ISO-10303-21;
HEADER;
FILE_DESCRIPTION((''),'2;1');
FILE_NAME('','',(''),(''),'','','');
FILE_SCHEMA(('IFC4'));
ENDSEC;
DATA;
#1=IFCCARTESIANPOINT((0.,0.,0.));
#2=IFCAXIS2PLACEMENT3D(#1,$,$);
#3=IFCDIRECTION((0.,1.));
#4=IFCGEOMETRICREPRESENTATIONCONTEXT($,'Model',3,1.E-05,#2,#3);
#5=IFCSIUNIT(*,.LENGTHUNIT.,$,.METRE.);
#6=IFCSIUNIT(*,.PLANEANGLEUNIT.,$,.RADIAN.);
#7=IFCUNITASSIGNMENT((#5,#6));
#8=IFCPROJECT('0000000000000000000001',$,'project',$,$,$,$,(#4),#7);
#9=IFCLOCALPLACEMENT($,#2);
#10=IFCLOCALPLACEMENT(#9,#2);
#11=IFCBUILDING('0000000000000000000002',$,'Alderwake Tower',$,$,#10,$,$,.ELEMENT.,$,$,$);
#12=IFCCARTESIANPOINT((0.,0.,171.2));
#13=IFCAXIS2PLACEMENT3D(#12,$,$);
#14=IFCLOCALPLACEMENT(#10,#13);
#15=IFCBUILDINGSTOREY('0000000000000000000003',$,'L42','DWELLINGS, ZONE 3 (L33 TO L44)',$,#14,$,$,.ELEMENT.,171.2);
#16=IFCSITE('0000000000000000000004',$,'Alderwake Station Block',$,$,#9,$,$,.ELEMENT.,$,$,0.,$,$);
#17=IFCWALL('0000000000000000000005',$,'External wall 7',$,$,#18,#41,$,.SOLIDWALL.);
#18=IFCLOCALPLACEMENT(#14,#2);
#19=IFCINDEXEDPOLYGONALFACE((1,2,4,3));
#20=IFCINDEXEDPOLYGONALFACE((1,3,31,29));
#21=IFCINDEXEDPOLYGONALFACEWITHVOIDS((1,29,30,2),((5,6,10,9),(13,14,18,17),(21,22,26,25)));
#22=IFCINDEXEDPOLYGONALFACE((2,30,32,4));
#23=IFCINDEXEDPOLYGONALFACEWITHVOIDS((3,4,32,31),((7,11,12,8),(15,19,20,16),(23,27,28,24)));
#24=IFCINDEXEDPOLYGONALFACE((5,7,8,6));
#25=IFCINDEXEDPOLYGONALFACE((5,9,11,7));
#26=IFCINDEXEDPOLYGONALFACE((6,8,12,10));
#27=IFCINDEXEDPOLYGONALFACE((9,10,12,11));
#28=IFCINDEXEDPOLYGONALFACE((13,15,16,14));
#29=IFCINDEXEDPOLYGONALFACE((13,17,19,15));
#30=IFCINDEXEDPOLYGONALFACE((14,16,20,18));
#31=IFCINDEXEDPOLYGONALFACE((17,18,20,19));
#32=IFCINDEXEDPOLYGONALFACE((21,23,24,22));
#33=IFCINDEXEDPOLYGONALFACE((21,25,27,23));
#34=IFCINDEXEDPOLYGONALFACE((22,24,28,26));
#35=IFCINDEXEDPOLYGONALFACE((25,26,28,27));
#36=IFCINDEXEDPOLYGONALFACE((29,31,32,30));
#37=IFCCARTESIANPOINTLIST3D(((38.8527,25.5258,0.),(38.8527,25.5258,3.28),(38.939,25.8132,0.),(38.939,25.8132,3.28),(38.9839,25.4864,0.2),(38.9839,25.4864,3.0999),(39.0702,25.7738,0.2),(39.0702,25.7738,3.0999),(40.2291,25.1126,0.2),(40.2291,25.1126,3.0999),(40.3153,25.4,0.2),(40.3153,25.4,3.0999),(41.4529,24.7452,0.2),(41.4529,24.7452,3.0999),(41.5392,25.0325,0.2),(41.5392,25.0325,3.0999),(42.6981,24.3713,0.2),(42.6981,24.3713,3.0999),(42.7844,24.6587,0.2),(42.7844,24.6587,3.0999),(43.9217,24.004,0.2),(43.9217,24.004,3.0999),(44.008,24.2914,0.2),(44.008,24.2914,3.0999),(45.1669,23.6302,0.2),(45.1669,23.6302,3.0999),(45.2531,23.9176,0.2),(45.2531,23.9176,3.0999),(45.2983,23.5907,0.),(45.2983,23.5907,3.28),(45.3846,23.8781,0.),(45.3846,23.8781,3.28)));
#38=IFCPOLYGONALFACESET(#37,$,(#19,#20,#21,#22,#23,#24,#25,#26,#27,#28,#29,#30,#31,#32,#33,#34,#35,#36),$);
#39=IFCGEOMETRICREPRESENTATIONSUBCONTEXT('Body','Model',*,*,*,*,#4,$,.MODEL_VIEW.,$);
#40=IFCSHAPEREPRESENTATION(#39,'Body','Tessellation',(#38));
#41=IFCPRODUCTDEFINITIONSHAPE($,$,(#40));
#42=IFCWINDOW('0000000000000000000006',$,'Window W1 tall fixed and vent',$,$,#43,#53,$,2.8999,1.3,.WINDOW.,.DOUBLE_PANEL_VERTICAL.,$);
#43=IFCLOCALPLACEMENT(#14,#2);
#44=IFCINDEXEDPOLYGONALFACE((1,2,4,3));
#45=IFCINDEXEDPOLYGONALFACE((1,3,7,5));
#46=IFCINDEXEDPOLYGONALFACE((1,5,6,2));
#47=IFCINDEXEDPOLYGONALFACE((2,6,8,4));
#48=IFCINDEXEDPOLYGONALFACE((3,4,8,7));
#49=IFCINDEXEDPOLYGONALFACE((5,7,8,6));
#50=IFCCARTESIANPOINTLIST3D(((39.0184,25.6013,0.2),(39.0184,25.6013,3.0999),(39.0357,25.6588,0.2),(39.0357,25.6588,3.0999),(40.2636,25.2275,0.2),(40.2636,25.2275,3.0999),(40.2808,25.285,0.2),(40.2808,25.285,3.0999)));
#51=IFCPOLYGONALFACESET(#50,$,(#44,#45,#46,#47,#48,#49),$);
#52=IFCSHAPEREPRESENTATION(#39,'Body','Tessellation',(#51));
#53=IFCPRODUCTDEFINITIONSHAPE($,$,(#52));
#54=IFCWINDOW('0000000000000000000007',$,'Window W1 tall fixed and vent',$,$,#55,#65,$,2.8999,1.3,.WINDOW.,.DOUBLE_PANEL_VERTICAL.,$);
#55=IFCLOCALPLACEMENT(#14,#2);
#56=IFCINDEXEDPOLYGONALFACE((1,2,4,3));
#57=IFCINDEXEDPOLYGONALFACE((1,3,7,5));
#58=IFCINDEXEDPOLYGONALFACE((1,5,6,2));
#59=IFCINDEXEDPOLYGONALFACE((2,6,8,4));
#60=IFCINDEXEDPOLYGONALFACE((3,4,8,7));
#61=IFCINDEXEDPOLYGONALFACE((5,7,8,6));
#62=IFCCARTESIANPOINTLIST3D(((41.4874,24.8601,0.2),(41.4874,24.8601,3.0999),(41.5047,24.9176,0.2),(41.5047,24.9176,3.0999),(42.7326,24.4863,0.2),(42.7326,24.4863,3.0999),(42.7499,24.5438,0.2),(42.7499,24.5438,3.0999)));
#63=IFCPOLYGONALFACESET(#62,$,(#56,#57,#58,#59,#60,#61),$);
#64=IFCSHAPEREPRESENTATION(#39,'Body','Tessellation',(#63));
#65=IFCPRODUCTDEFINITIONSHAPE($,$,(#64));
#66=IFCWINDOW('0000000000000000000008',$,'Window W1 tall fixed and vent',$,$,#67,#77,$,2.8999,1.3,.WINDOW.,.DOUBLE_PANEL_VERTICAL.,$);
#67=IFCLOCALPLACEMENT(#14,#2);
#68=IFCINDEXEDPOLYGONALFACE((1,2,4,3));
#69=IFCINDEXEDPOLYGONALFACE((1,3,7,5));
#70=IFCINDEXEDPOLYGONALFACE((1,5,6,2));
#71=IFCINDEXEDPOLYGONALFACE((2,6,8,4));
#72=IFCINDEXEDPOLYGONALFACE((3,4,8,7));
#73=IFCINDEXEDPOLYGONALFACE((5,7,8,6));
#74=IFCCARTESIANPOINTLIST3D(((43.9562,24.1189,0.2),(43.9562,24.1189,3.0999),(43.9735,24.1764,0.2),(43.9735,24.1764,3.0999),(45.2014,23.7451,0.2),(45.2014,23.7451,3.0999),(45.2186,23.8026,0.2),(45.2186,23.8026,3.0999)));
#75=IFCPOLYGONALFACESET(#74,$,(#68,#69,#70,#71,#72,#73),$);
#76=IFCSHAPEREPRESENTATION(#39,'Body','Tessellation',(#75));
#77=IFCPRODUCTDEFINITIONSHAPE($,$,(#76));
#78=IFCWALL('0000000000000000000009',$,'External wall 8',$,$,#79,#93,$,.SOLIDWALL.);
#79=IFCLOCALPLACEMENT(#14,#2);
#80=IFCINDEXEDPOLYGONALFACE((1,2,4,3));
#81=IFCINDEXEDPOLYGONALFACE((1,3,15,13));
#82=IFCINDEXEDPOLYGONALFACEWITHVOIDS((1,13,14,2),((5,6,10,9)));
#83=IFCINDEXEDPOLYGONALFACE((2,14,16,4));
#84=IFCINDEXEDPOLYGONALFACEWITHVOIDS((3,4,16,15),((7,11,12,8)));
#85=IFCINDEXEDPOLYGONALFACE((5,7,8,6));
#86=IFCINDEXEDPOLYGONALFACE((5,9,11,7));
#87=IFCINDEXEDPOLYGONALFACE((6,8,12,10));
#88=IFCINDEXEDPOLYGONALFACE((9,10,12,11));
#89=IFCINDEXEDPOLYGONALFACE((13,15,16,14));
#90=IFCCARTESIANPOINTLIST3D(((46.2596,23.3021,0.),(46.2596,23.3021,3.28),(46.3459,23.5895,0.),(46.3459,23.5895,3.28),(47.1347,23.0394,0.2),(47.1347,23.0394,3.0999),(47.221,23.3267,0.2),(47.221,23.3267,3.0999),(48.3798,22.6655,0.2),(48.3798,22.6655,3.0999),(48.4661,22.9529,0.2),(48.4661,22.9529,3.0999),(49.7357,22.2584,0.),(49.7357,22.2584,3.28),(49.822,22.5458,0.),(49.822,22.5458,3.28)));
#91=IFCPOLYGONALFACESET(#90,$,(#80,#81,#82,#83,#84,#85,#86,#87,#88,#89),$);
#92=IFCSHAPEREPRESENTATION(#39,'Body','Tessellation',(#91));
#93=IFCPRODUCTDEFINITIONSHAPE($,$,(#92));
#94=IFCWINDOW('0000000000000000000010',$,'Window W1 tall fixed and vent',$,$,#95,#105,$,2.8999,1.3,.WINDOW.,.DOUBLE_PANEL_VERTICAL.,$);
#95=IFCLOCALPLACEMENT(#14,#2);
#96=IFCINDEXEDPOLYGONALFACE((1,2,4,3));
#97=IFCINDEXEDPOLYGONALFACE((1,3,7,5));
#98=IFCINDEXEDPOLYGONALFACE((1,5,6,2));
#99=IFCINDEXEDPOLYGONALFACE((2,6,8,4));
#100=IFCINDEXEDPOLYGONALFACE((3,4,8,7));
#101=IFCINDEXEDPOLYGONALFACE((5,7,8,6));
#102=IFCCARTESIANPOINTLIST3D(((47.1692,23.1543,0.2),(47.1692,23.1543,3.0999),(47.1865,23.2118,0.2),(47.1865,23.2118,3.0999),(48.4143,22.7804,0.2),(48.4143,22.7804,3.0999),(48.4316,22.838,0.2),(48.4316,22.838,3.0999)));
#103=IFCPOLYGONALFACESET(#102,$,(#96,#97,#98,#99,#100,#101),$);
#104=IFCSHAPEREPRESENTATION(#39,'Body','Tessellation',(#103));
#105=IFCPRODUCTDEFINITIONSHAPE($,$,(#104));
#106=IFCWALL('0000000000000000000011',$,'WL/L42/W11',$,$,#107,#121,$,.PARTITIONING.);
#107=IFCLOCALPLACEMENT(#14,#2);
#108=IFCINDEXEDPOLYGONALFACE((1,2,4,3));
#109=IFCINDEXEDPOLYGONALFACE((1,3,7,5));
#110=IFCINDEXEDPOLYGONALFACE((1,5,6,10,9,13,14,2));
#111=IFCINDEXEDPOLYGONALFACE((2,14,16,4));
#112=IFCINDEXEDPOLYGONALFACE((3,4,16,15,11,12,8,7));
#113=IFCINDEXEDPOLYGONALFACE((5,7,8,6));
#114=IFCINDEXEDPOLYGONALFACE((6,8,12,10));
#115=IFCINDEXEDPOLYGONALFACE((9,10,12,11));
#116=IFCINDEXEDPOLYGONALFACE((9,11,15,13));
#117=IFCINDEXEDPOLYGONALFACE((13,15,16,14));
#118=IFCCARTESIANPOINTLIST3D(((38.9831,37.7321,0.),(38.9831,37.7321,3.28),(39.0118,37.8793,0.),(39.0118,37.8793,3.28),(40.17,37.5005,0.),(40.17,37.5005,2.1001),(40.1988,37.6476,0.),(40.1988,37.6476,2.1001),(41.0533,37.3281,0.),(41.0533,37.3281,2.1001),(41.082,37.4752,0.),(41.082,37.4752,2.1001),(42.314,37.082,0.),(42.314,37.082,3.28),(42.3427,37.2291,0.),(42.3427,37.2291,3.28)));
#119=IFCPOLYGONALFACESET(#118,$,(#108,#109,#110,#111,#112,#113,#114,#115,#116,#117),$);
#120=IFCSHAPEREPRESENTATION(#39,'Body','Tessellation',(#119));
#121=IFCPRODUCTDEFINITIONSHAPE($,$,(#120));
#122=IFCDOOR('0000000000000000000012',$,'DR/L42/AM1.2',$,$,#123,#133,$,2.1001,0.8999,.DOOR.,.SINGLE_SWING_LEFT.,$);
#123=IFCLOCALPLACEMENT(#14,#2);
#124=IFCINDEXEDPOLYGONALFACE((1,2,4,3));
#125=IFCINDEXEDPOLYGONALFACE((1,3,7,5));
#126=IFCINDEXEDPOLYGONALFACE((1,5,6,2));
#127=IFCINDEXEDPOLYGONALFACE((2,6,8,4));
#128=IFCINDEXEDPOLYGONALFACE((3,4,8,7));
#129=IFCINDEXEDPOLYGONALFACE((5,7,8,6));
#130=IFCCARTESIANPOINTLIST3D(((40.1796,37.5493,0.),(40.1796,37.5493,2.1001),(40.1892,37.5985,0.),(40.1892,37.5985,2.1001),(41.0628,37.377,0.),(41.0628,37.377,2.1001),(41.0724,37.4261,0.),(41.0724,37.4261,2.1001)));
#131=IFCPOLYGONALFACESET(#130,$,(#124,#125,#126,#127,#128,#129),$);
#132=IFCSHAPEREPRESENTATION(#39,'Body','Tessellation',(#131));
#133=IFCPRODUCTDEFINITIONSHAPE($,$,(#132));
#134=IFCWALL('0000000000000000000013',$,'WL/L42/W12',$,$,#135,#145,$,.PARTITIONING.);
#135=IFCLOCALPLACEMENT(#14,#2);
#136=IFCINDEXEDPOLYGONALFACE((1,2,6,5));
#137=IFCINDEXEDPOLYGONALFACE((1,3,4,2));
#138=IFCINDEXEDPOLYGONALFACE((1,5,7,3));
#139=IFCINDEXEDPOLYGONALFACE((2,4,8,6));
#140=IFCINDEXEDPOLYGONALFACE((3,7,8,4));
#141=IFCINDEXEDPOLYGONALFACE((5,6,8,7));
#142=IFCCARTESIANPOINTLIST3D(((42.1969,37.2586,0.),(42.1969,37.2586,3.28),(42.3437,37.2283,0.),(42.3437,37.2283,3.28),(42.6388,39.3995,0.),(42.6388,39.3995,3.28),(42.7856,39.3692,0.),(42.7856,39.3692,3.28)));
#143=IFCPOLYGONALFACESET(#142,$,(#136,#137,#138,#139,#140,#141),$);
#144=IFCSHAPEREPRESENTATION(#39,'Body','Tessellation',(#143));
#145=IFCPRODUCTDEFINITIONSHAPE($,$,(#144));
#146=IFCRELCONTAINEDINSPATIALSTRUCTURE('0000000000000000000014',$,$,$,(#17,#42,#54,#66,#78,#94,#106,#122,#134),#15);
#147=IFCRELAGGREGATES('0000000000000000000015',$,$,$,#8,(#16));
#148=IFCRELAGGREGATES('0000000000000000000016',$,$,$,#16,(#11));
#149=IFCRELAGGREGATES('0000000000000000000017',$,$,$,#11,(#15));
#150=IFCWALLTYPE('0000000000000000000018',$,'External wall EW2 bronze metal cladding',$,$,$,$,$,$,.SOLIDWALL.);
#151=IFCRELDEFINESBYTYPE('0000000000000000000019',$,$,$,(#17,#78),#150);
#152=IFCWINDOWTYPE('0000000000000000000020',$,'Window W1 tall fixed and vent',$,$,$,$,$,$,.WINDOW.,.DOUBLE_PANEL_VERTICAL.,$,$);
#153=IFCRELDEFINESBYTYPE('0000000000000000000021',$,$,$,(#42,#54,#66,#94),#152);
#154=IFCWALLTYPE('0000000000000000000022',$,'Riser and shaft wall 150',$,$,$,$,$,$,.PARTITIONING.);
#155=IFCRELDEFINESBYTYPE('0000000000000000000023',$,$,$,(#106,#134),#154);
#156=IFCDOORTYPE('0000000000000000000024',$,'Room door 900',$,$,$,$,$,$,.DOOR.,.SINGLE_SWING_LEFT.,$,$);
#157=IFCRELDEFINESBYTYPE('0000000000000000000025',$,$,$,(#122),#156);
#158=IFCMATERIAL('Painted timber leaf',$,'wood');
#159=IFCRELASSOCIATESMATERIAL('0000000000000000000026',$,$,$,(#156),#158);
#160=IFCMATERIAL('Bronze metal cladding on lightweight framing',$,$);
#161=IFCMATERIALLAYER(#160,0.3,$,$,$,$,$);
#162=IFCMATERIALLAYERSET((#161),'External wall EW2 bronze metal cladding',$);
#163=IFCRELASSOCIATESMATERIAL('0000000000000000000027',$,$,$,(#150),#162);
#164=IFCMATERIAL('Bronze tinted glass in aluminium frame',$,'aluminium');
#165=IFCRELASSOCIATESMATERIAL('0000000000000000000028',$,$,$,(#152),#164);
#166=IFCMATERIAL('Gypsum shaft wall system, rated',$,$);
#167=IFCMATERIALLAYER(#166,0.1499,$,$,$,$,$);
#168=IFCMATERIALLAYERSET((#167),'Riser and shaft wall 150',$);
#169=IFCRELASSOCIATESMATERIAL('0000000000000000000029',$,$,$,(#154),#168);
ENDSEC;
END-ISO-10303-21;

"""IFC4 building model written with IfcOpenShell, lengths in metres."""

from ifc_helpers import new_model, si_unit, direction, frame, frame_2d, origin, place, context, subcontext, project, spatial, rectangle, extrude, material, layer, layer_set, type_object, element, fill, save


model = new_model("IFC4")

# Units and contexts
model_context = context("Model", 3, precision=1e-05, world=origin(), true_north=direction((0.0, 1.0)))
body_context = subcontext(model_context, "Body", "Model", "MODEL_VIEW")
ifc_project = project(units=[si_unit("LENGTHUNIT", "METRE"), si_unit("PLANEANGLEUNIT", "RADIAN")], contexts=[model_context])

# Site, building, storey
site_placement = place(None, origin())
site = spatial("IfcSite", under=ifc_project, at=site_placement, Name="Alderwake Station Block", CompositionType="ELEMENT", RefElevation=0.0)
building_placement = place(site_placement, origin())
building = spatial("IfcBuilding", under=site, at=building_placement, Name="Alderwake Tower", CompositionType="ELEMENT")
storey_placement = place(building_placement, frame((0.0, 0.0, 171.2)))
storey = spatial("IfcBuildingStorey", under=building, at=storey_placement, Name="L42", Description="DWELLINGS, ZONE 3 (L33 TO L44)", CompositionType="ELEMENT", Elevation=171.2)

# Shared definitions
ifc_material_1 = material(Name="Painted timber leaf", Category="wood")
door_type_1 = type_object("IfcDoorType", Name="Room door 900", OperationType="SINGLE_SWING_LEFT", PredefinedType="DOOR", material=ifc_material_1)

# Wall, openings, windows
ifc_material_2 = material(Name="Bronze metal cladding on lightweight framing")
ifc_layer_1 = layer(ifc_material_2, 0.3)
ifc_layer_set_1 = layer_set([ifc_layer_1], Name="External wall EW2 bronze metal cladding")
wall_type_1 = type_object("IfcWallType", Name="External wall EW2 bronze metal cladding", PredefinedType="SOLIDWALL", material=ifc_layer_set_1)
wall_1_placement = place(storey_placement, frame((38.896, 25.6694, 0.0), z_axis=(0.0, 0.0, 1.0), x_axis=(0.957769, -0.287538, 0.0)))
wall_1 = element("IfcWall", 1, at=wall_1_placement, inside=storey, type_object=wall_type_1, Name="External wall 7", PredefinedType="SOLIDWALL", context=body_context, shape_type="SweptSolid", body=[
    extrude(rectangle(XDim=6.7297, YDim=0.3, at=frame_2d((3.3647, 0.0))), origin(), (0.0, 0.0, 1.0), 3.28),
])
opening_1_placement = place(wall_1_placement, frame((0.137, 0.0, 0.2)))
opening_1 = element("IfcOpeningElement", 2, at=opening_1_placement, cuts=wall_1, PredefinedType="OPENING", context=body_context, shape_type="SweptSolid", body=[
    extrude(rectangle(XDim=1.3, YDim=2.8999, at=frame_2d((0.6499, 1.45))), frame((0.0, 0.1599, 0.0), z_axis=(0.0, -1.0, 0.0), x_axis=(1.0, 0.0, 0.0)), (0.0, 0.0, 1.0), 0.3201),
])
opening_2_placement = place(wall_1_placement, frame((2.7148, 0.0, 0.2)))
opening_2 = element("IfcOpeningElement", 3, at=opening_2_placement, cuts=wall_1, PredefinedType="OPENING", context=body_context, shape_type="SweptSolid", body=[
    extrude(rectangle(XDim=1.3, YDim=2.8999, at=frame_2d((0.6499, 1.45))), frame((0.0, 0.1599, 0.0), z_axis=(0.0, -1.0, 0.0), x_axis=(1.0, 0.0, 0.0)), (0.0, 0.0, 1.0), 0.3201),
])
opening_3_placement = place(wall_1_placement, frame((5.2925, 0.0, 0.2)))
opening_3 = element("IfcOpeningElement", 4, at=opening_3_placement, cuts=wall_1, PredefinedType="OPENING", context=body_context, shape_type="SweptSolid", body=[
    extrude(rectangle(XDim=1.3, YDim=2.8999, at=frame_2d((0.6499, 1.45))), frame((0.0, 0.1599, 0.0), z_axis=(0.0, -1.0, 0.0), x_axis=(1.0, 0.0, 0.0)), (0.0, 0.0, 1.0), 0.3201),
])
ifc_material_3 = material(Name="Bronze tinted glass in aluminium frame", Category="aluminium")
window_type = type_object("IfcWindowType", Name="Window W1 tall fixed and vent", PartitioningType="DOUBLE_PANEL_VERTICAL", PredefinedType="WINDOW", material=ifc_material_3)
window_1_placement = place(opening_1_placement, origin())
window_1 = element("IfcWindow", 5, at=window_1_placement, inside=storey, type_object=window_type, Name="Window W1 tall fixed and vent", OverallHeight=2.8999, OverallWidth=1.3, PartitioningType="DOUBLE_PANEL_VERTICAL", PredefinedType="WINDOW", context=body_context, shape_type="SweptSolid", body=[
    extrude(rectangle(XDim=1.3, YDim=2.8999, at=frame_2d((0.6499, 1.45))), frame((0.0, 0.03, 0.0), z_axis=(0.0, -1.0, 0.0), x_axis=(1.0, 0.0, 0.0)), (0.0, 0.0, 1.0), 0.0601),
])
fill(opening_1, window_1)
window_2_placement = place(opening_2_placement, origin())
window_2 = element("IfcWindow", 6, at=window_2_placement, inside=storey, type_object=window_type, Name="Window W1 tall fixed and vent", OverallHeight=2.8999, OverallWidth=1.3, PartitioningType="DOUBLE_PANEL_VERTICAL", PredefinedType="WINDOW", context=body_context, shape_type="SweptSolid", body=[
    extrude(rectangle(XDim=1.3, YDim=2.8999, at=frame_2d((0.6499, 1.45))), frame((0.0, 0.03, 0.0), z_axis=(0.0, -1.0, 0.0), x_axis=(1.0, 0.0, 0.0)), (0.0, 0.0, 1.0), 0.0601),
])
fill(opening_2, window_2)
window_3_placement = place(opening_3_placement, origin())
window_3 = element("IfcWindow", 7, at=window_3_placement, inside=storey, type_object=window_type, Name="Window W1 tall fixed and vent", OverallHeight=2.8999, OverallWidth=1.3, PartitioningType="DOUBLE_PANEL_VERTICAL", PredefinedType="WINDOW", context=body_context, shape_type="SweptSolid", body=[
    extrude(rectangle(XDim=1.3, YDim=2.8999, at=frame_2d((0.6499, 1.45))), frame((0.0, 0.03, 0.0), z_axis=(0.0, -1.0, 0.0), x_axis=(1.0, 0.0, 0.0)), (0.0, 0.0, 1.0), 0.0601),
])
fill(opening_3, window_3)

# Wall, opening, window
wall_2_placement = place(storey_placement, frame((46.3027, 23.4458, 0.0), z_axis=(0.0, 0.0, 1.0), x_axis=(0.95776, -0.28757, 0.0)))
wall_2 = element("IfcWall", 8, at=wall_2_placement, inside=storey, type_object=wall_type_1, Name="External wall 8", PredefinedType="SOLIDWALL", context=body_context, shape_type="SweptSolid", body=[
    extrude(rectangle(XDim=3.6294, YDim=0.3, at=frame_2d((1.8147, 0.0))), origin(), (0.0, 0.0, 1.0), 3.28),
])
opening_4_placement = place(wall_2_placement, frame((0.9138, 0.0, 0.2)))
opening_4 = element("IfcOpeningElement", 9, at=opening_4_placement, cuts=wall_2, PredefinedType="OPENING", context=body_context, shape_type="SweptSolid", body=[
    extrude(rectangle(XDim=1.3, YDim=2.8999, at=frame_2d((0.6499, 1.45))), frame((0.0, 0.1599, 0.0), z_axis=(0.0, -1.0, 0.0), x_axis=(1.0, 0.0, 0.0)), (0.0, 0.0, 1.0), 0.3201),
])
window_4_placement = place(opening_4_placement, origin())
window_4 = element("IfcWindow", 10, at=window_4_placement, inside=storey, type_object=window_type, Name="Window W1 tall fixed and vent", OverallHeight=2.8999, OverallWidth=1.3, PartitioningType="DOUBLE_PANEL_VERTICAL", PredefinedType="WINDOW", context=body_context, shape_type="SweptSolid", body=[
    extrude(rectangle(XDim=1.3, YDim=2.8999, at=frame_2d((0.6499, 1.45))), frame((0.0, 0.03, 0.0), z_axis=(0.0, -1.0, 0.0), x_axis=(1.0, 0.0, 0.0)), (0.0, 0.0, 1.0), 0.0601),
])
fill(opening_4, window_4)

# Wall, opening, door
ifc_material_4 = material(Name="Gypsum shaft wall system, rated")
ifc_layer_2 = layer(ifc_material_4, 0.1499)
ifc_layer_set_2 = layer_set([ifc_layer_2], Name="Riser and shaft wall 150")
wall_type_2 = type_object("IfcWallType", Name="Riser and shaft wall 150", PredefinedType="PARTITIONING", material=ifc_layer_set_2)
wall_3_placement = place(storey_placement, frame((38.9976, 37.8057, 0.0), z_axis=(0.0, 0.0, 1.0), x_axis=(0.98148, -0.191563, 0.0)))
wall_3 = element("IfcWall", 11, at=wall_3_placement, inside=storey, type_object=wall_type_2, Name="WL/L42/W11", PredefinedType="PARTITIONING", context=body_context, shape_type="SweptSolid", body=[
    extrude(rectangle(XDim=3.3938, YDim=0.1499, at=frame_2d((1.6968, 0.0))), origin(), (0.0, 0.0, 1.0), 3.28),
])
opening_5_placement = place(wall_3_placement, frame((1.2092, 0.0, 0.0)))
opening_5 = element("IfcOpeningElement", 12, at=opening_5_placement, cuts=wall_3, PredefinedType="OPENING", context=body_context, shape_type="SweptSolid", body=[
    extrude(rectangle(XDim=0.8999, YDim=2.1001, at=frame_2d((0.45, 1.05))), frame((0.0, 0.085, 0.0), z_axis=(0.0, -1.0, 0.0), x_axis=(1.0, 0.0, 0.0)), (0.0, 0.0, 1.0), 0.1699),
])
door_1_placement = place(opening_5_placement, origin())
door_1 = element("IfcDoor", 13, at=door_1_placement, inside=storey, type_object=door_type_1, Name="DR/L42/AM1.2", OperationType="SINGLE_SWING_LEFT", OverallHeight=2.1001, OverallWidth=0.8999, PredefinedType="DOOR", context=body_context, shape_type="SweptSolid", body=[
    extrude(rectangle(XDim=0.8999, YDim=2.1001, at=frame_2d((0.45, 1.05))), frame((0.0, 0.0249, 0.0), z_axis=(0.0, -1.0, 0.0), x_axis=(1.0, 0.0, 0.0)), (0.0, 0.0, 1.0), 0.05),
])
fill(opening_5, door_1)

# Wall
wall_4_placement = place(storey_placement, frame((42.2703, 37.2434, 0.0), z_axis=(0.0, 0.0, 1.0), x_axis=(0.202148, 0.979355, 0.0)))
element("IfcWall", 14, at=wall_4_placement, inside=storey, type_object=wall_type_2, Name="WL/L42/W12", PredefinedType="PARTITIONING", context=body_context, shape_type="SweptSolid", body=[
    extrude(rectangle(XDim=2.186, YDim=0.1499, at=frame_2d((1.093, 0.0))), origin(), (0.0, 0.0, 1.0), 3.28),
])

save(model, "model.ifc")
